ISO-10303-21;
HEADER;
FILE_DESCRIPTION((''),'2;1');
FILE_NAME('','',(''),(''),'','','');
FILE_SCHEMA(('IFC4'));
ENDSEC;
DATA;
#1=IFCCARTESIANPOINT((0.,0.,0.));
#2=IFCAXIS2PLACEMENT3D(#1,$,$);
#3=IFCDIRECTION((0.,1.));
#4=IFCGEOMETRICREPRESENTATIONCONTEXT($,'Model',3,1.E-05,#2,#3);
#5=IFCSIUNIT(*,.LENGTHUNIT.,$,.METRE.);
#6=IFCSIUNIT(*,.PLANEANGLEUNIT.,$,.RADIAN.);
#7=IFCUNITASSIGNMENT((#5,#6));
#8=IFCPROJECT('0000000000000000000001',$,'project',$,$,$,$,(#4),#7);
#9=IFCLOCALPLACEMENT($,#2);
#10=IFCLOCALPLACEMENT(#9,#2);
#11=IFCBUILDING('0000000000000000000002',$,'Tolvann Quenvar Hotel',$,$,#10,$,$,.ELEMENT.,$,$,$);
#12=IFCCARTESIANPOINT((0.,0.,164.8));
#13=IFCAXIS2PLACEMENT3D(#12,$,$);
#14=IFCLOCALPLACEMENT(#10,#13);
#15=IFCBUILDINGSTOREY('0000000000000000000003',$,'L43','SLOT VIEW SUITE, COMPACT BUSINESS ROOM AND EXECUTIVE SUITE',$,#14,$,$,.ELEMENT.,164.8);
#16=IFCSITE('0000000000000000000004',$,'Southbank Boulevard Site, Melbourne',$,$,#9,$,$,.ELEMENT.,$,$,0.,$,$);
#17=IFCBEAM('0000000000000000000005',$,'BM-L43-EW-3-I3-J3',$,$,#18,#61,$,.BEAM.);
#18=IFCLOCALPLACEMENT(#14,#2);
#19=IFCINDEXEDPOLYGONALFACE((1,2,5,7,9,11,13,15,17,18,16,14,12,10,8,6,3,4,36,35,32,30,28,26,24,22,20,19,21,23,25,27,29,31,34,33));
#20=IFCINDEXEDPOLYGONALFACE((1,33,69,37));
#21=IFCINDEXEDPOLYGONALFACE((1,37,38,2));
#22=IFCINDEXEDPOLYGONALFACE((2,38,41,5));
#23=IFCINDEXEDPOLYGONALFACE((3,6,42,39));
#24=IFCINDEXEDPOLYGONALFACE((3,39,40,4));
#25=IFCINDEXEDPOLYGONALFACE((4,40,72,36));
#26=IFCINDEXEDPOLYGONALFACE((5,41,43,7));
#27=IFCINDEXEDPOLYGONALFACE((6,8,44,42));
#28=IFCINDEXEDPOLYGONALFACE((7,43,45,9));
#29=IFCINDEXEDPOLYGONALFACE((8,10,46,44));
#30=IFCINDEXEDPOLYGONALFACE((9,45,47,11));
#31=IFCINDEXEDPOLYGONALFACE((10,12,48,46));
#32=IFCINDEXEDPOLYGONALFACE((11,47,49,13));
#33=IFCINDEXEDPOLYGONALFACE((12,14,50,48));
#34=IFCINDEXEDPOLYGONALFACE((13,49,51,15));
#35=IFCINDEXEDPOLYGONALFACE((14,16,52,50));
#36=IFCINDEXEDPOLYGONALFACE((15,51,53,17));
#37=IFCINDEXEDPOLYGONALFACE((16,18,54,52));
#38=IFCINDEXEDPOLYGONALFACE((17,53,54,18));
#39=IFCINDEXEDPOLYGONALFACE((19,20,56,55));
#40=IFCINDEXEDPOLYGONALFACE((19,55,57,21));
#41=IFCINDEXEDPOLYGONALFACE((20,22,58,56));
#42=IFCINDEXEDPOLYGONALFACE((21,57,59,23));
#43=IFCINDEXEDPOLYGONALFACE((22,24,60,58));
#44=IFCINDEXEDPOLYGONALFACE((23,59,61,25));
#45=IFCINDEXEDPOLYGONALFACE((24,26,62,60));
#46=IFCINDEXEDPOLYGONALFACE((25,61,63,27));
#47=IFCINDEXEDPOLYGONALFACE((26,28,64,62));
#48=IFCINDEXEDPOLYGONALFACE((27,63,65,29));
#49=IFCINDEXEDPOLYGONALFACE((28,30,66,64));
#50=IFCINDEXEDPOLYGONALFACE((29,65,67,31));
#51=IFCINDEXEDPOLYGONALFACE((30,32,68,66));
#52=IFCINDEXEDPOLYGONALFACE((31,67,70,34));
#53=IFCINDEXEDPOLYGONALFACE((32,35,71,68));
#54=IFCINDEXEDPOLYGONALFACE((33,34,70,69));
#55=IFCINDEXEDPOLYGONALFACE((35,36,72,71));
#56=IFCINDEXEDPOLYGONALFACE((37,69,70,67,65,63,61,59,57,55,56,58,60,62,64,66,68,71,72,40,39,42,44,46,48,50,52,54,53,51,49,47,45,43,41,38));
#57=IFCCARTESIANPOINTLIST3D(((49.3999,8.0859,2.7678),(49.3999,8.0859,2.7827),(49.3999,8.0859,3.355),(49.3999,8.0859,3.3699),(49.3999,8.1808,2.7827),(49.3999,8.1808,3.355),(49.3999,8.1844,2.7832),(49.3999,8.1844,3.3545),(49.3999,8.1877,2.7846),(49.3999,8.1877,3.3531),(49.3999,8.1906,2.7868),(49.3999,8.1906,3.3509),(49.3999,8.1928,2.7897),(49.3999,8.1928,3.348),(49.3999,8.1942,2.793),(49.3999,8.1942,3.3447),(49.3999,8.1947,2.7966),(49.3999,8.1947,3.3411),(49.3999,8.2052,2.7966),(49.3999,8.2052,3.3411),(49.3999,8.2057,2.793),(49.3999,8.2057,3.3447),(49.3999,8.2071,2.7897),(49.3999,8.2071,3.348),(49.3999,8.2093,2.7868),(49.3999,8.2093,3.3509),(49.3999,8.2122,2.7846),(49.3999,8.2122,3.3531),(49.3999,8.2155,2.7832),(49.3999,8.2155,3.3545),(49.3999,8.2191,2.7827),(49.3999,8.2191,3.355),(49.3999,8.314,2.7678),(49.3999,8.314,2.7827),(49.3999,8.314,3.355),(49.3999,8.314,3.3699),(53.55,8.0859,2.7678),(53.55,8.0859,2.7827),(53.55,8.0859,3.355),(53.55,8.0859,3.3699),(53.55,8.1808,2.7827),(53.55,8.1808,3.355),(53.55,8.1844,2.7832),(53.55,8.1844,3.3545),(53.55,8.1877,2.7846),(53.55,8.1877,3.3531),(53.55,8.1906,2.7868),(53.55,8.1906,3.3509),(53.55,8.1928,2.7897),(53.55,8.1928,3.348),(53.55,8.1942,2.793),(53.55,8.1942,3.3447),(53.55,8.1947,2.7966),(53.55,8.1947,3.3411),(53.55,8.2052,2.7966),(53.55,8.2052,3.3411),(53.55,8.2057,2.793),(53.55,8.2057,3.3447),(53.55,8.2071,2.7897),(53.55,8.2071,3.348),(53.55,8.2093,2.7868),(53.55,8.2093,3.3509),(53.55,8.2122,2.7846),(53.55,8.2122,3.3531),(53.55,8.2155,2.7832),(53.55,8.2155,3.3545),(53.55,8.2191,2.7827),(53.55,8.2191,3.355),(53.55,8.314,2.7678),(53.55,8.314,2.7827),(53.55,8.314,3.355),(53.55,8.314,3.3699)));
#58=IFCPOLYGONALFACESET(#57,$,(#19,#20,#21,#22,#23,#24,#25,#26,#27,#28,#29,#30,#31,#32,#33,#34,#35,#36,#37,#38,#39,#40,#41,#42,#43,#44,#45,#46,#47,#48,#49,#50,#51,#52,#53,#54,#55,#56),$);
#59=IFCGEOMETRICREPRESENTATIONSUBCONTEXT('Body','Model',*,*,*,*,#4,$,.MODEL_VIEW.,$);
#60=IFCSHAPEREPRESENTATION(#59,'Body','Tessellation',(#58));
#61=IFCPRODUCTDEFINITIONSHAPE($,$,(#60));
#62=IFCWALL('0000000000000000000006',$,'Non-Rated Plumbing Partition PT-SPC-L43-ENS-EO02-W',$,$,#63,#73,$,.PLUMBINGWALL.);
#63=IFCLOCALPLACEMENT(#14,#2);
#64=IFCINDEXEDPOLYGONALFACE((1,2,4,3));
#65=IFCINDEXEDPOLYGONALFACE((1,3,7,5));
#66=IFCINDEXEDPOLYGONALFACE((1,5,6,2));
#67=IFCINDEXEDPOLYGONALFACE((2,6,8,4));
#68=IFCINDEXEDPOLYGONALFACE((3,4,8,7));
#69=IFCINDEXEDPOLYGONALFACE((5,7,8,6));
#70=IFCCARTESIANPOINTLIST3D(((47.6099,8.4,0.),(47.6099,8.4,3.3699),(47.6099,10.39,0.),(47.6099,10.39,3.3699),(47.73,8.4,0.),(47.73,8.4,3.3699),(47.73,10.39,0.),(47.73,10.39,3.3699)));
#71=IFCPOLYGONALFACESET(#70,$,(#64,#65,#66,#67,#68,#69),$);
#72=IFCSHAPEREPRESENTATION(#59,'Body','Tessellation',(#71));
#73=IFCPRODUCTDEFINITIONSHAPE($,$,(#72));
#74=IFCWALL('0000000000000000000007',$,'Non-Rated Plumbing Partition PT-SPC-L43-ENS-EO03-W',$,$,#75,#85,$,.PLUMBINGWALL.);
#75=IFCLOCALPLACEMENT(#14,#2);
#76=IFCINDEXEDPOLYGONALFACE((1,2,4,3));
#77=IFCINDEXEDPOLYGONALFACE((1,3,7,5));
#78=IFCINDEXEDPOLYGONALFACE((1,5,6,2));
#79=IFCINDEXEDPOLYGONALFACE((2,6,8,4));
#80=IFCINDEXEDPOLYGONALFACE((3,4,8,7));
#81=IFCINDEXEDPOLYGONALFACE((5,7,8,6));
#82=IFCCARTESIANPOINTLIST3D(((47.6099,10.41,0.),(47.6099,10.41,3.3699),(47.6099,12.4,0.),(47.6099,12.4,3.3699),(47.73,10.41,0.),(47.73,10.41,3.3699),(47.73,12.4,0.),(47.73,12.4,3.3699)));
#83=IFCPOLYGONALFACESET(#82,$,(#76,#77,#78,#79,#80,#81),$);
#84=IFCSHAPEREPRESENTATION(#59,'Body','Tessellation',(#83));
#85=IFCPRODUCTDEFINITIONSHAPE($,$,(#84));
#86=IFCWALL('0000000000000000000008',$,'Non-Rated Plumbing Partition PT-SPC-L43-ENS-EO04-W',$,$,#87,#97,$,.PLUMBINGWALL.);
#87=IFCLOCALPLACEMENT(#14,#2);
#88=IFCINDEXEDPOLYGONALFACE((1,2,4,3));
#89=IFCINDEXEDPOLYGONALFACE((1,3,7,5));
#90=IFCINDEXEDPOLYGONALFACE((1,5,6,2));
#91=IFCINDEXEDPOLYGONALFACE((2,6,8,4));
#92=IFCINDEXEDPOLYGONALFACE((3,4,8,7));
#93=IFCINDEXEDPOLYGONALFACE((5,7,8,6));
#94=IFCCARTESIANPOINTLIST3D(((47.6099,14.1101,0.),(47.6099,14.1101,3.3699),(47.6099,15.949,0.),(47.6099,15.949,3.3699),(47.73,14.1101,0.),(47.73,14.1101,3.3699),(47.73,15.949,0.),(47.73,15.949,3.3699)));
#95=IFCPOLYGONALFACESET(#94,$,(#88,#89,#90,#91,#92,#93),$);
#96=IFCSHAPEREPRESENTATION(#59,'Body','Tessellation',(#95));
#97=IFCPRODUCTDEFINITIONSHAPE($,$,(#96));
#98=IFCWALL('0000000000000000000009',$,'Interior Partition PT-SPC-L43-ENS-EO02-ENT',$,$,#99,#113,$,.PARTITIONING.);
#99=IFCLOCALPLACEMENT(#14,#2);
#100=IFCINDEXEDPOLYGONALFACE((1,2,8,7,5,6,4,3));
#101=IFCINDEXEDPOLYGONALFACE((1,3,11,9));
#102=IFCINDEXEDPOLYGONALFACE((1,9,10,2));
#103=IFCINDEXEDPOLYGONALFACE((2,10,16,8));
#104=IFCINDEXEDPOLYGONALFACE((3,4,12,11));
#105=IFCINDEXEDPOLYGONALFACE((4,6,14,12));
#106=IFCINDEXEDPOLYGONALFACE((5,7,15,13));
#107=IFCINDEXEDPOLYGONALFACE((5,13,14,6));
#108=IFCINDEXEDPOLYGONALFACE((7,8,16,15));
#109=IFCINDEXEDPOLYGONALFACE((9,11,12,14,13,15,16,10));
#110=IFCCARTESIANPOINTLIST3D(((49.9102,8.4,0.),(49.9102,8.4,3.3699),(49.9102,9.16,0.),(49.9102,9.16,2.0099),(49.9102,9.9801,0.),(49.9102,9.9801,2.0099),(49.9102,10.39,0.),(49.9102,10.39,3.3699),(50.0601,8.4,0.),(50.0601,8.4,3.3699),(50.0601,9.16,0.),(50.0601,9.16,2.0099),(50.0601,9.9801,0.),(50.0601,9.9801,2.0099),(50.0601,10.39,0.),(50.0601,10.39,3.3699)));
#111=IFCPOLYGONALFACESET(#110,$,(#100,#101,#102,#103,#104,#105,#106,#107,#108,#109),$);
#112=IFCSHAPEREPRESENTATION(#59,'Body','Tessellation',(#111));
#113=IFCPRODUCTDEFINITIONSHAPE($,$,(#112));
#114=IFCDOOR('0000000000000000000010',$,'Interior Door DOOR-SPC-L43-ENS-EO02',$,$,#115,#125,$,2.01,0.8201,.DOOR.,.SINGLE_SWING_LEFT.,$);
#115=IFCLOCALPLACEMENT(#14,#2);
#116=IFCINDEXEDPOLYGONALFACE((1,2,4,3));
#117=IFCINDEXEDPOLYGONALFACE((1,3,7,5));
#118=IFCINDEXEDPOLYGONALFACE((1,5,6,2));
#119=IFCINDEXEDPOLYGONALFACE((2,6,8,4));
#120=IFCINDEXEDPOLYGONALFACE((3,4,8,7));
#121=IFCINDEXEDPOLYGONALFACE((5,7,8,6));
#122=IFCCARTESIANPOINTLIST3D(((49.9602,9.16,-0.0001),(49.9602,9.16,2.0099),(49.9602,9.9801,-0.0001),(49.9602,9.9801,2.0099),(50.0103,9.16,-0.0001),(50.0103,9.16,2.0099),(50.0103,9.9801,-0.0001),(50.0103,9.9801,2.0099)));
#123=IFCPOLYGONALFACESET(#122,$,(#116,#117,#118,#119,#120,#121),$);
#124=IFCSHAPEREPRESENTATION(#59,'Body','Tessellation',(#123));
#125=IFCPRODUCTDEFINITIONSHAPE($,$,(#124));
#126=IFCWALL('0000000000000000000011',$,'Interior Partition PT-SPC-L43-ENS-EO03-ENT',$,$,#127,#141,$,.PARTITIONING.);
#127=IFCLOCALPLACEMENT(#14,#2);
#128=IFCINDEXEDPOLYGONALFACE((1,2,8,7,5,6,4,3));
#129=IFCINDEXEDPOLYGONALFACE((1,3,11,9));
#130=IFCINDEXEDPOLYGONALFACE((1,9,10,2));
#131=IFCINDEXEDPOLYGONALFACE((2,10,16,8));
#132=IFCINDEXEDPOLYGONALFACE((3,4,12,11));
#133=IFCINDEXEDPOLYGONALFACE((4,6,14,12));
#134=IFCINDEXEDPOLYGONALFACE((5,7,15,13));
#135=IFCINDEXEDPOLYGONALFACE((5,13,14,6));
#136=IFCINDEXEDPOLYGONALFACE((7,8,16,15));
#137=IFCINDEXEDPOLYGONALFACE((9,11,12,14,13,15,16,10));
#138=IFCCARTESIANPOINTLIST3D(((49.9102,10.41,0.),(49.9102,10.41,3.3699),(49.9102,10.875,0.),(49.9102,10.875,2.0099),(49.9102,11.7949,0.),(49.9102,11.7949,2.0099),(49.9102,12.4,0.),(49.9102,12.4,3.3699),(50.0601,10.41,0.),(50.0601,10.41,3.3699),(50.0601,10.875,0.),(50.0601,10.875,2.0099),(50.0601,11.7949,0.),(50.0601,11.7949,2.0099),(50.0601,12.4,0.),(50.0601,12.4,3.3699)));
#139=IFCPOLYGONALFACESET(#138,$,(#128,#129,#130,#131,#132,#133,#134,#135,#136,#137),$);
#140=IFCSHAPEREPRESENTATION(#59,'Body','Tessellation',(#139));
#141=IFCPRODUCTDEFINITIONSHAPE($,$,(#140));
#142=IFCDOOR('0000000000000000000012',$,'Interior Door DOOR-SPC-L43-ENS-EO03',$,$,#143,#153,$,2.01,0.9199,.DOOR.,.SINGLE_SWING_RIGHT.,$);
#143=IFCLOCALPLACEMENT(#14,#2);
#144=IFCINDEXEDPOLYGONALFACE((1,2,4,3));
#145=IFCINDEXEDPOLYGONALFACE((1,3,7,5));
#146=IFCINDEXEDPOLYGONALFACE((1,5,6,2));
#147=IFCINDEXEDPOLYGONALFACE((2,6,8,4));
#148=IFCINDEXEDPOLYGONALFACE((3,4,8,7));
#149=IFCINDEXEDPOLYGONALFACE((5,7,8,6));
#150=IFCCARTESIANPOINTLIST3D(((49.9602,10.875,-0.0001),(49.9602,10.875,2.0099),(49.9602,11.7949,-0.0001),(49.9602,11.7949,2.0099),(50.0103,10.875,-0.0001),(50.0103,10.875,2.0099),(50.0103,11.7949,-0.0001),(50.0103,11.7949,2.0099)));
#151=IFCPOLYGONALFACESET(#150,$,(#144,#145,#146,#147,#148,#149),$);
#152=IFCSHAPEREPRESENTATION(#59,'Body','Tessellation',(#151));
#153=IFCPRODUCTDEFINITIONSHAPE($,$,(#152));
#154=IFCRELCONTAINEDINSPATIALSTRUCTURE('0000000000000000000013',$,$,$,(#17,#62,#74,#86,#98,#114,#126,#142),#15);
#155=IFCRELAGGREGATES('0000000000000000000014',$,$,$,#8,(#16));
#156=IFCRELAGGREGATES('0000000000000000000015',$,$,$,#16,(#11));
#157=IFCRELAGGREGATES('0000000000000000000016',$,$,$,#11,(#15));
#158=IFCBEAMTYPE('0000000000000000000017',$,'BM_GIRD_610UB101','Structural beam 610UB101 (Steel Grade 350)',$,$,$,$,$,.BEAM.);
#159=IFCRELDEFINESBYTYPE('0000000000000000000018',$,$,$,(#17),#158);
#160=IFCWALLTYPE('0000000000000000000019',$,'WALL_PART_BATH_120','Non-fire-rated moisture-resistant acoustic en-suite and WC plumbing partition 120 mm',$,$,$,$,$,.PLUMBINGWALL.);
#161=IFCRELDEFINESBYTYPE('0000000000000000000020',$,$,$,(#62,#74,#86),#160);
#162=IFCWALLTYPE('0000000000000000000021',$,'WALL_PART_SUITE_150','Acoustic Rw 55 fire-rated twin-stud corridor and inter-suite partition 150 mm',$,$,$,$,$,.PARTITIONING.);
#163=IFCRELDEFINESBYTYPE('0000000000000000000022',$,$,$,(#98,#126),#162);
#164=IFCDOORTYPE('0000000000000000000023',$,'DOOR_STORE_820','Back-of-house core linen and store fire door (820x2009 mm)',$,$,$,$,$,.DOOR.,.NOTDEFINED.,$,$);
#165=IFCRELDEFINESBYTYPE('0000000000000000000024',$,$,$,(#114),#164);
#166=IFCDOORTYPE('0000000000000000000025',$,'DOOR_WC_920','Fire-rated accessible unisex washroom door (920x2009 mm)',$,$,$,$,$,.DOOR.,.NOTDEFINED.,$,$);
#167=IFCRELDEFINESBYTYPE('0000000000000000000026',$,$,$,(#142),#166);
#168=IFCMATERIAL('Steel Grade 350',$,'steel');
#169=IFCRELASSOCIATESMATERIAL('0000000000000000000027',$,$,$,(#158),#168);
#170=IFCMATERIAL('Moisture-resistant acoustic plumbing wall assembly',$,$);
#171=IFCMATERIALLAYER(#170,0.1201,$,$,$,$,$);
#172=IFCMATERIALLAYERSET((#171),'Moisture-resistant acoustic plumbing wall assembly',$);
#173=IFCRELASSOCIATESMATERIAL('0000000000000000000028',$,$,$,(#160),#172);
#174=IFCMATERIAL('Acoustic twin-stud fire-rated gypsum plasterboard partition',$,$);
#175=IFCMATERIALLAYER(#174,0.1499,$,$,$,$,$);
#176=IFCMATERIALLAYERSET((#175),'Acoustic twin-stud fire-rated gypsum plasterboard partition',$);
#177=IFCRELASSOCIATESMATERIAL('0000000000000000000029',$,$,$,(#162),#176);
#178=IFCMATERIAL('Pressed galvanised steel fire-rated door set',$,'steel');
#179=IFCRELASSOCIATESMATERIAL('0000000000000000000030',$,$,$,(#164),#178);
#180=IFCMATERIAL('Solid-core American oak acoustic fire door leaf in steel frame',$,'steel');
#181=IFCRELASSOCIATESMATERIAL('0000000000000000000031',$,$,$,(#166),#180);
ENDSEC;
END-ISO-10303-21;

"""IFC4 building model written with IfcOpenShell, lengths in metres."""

from ifc_helpers import new_model, si_unit, direction, frame, frame_2d, origin, origin_2d, place, context, subcontext, project, spatial, rectangle, i_section, extrude, source, transform, mapped, material, layer, layer_set, material_profile, profile_set, type_object, type_shapes, element, fill, save


model = new_model("IFC4")

# Units and contexts
model_context = context("Model", 3, precision=1e-05, world=origin(), true_north=direction((0.0, 1.0)))
body_context = subcontext(model_context, "Body", "Model", "MODEL_VIEW")
ifc_project = project(units=[si_unit("LENGTHUNIT", "METRE"), si_unit("PLANEANGLEUNIT", "RADIAN")], contexts=[model_context])

# Site, building, storey
site_placement = place(None, origin())
site = spatial("IfcSite", under=ifc_project, at=site_placement, Name="Southbank Boulevard Site, Melbourne", CompositionType="ELEMENT", RefElevation=0.0)
building_placement = place(site_placement, origin())
building = spatial("IfcBuilding", under=site, at=building_placement, Name="Tolvann Quenvar Hotel", CompositionType="ELEMENT")
storey_placement = place(building_placement, frame((0.0, 0.0, 164.8)))
storey = spatial("IfcBuildingStorey", under=building, at=storey_placement, Name="L43", Description="SLOT VIEW SUITE, COMPACT BUSINESS ROOM AND EXECUTIVE SUITE", CompositionType="ELEMENT", Elevation=164.8)

# Shared definitions
ifc_material_1 = material(Name="Steel Grade 350", Category="steel")

# Beam
ifc_material_profile_1 = material_profile(ifc_material_1, i_section(OverallWidth=0.228, OverallDepth=0.6021, WebThickness=0.0105, FlangeThickness=0.0149, FilletRadius=0.0139, at=origin_2d()), Name="610UB101")
ifc_profile_set_1 = profile_set([ifc_material_profile_1], Name="Steel Grade 350")
beam_type_1 = type_object("IfcBeamType", Name="BM_GIRD_610UB101", Description="Structural beam 610UB101 (Steel Grade 350)", PredefinedType="BEAM", material=ifc_profile_set_1)
shared_shape_1 = source(origin(), body_context, "Body", "SweptSolid", [
    extrude(i_section(OverallWidth=0.228, OverallDepth=0.6021, WebThickness=0.0105, FlangeThickness=0.0149, FilletRadius=0.0139, at=origin_2d()), origin(), (0.0, 0.0, 1.0), 4.1501),
])
type_shapes(beam_type_1, [shared_shape_1])
beam_1_placement = place(storey_placement, frame((49.3999, 8.2, 3.0688), z_axis=(1.0, 0.0, 0.0), x_axis=(0.0, 1.0, 0.0)))
element("IfcBeam", 1, at=beam_1_placement, inside=storey, type_object=beam_type_1, Name="BM-L43-EW-3-I3-J3", PredefinedType="BEAM", context=body_context, shape_type="MappedRepresentation", body=[
    mapped(shared_shape_1, transform((0.0, 0.0, 0.0), x_axis=(1.0, 0.0, 0.0), y_axis=(0.0, 1.0, 0.0), z_axis=(0.0, 0.0, 1.0), scale=1.0)),
])

# Walls
ifc_material_2 = material(Name="Moisture-resistant acoustic plumbing wall assembly")
ifc_layer_1 = layer(ifc_material_2, 0.1201)
ifc_layer_set_1 = layer_set([ifc_layer_1], Name="Moisture-resistant acoustic plumbing wall assembly")
wall_type_1 = type_object("IfcWallType", Name="WALL_PART_BATH_120", Description="Non-fire-rated moisture-resistant acoustic en-suite and WC plumbing partition 120 mm", PredefinedType="PLUMBINGWALL", material=ifc_layer_set_1)
for number, where, z_axis, x_axis, name in (
    (2, (47.6699, 8.3999, 0.0), (0.0, 0.0, 1.0), (0.0, 1.0, 0.0), "Non-Rated Plumbing Partition PT-SPC-L43-ENS-EO02-W"),
    (3, (47.6699, 10.4099, 0.0), (0.0, 0.0, 1.0), (0.0, 1.0, 0.0), "Non-Rated Plumbing Partition PT-SPC-L43-ENS-EO03-W"),
):
    element("IfcWall", number, at=place(storey_placement, frame(where, z_axis=z_axis, x_axis=x_axis)), inside=storey, type_object=wall_type_1, Name=name, PredefinedType="PLUMBINGWALL", context=body_context, shape_type="SweptSolid", body=[
        extrude(rectangle(XDim=1.99, YDim=0.1201, at=frame_2d((0.9951, 0.0))), origin(), (0.0, 0.0, 1.0), 3.3699),
    ])
wall_1_placement = place(storey_placement, frame((47.6699, 14.1101, 0.0), z_axis=(0.0, 0.0, 1.0), x_axis=(0.0, 1.0, 0.0)))
element("IfcWall", 4, at=wall_1_placement, inside=storey, type_object=wall_type_1, Name="Non-Rated Plumbing Partition PT-SPC-L43-ENS-EO04-W", PredefinedType="PLUMBINGWALL", context=body_context, shape_type="SweptSolid", body=[
    extrude(rectangle(XDim=1.8389, YDim=0.1201, at=frame_2d((0.9194, 0.0))), origin(), (0.0, 0.0, 1.0), 3.3699),
])

# Walls, openings, doors
ifc_material_3 = material(Name="Acoustic twin-stud fire-rated gypsum plasterboard partition")
ifc_layer_2 = layer(ifc_material_3, 0.1499)
ifc_layer_set_2 = layer_set([ifc_layer_2], Name="Acoustic twin-stud fire-rated gypsum plasterboard partition")
wall_type_2 = type_object("IfcWallType", Name="WALL_PART_SUITE_150", Description="Acoustic Rw 55 fire-rated twin-stud corridor and inter-suite partition 150 mm", PredefinedType="PARTITIONING", material=ifc_layer_set_2)
wall_2_placement = place(storey_placement, frame((49.9851, 8.3999, 0.0), z_axis=(0.0, 0.0, 1.0), x_axis=(0.0, 1.0, 0.0)))
wall_2 = element("IfcWall", 5, at=wall_2_placement, inside=storey, type_object=wall_type_2, Name="Interior Partition PT-SPC-L43-ENS-EO02-ENT", PredefinedType="PARTITIONING", context=body_context, shape_type="SweptSolid", body=[
    extrude(rectangle(XDim=1.99, YDim=0.1499, at=frame_2d((0.9951, 0.0))), origin(), (0.0, 0.0, 1.0), 3.3699),
])
opening_1_placement = place(wall_2_placement, frame((0.76, 0.0, 0.0)))
opening_1 = element("IfcOpeningElement", 6, at=opening_1_placement, cuts=wall_2, PredefinedType="OPENING", context=body_context, shape_type="SweptSolid", body=[
    extrude(rectangle(XDim=0.8201, YDim=2.01, at=frame_2d((0.4102, 1.0049))), frame((0.0, 0.085, 0.0), z_axis=(0.0, -1.0, 0.0), x_axis=(1.0, 0.0, 0.0)), (0.0, 0.0, 1.0), 0.1699),
])
ifc_material_4 = material(Name="Pressed galvanised steel fire-rated door set", Category="steel")
door_type_1 = type_object("IfcDoorType", Name="DOOR_STORE_820", Description="Back-of-house core linen and store fire door (820x2009 mm)", OperationType="NOTDEFINED", PredefinedType="DOOR", material=ifc_material_4)
shared_shape_2 = source(origin(), body_context, "Body", "SweptSolid", [
    extrude(rectangle(XDim=0.8201, YDim=2.01, at=frame_2d((0.4102, 1.0049))), frame((0.0, 0.0249, 0.0), z_axis=(0.0, -1.0, 0.0), x_axis=(1.0, 0.0, 0.0)), (0.0, 0.0, 1.0), 0.05),
])
type_shapes(door_type_1, [shared_shape_2])
door_1_placement = place(opening_1_placement, origin())
door_1 = element("IfcDoor", 7, at=door_1_placement, inside=storey, type_object=door_type_1, Name="Interior Door DOOR-SPC-L43-ENS-EO02", OperationType="SINGLE_SWING_LEFT", OverallHeight=2.01, OverallWidth=0.8201, PredefinedType="DOOR", context=body_context, shape_type="MappedRepresentation", body=[
    mapped(shared_shape_2, transform((0.0, 0.0, 0.0), x_axis=(1.0, 0.0, 0.0), y_axis=(0.0, 1.0, 0.0), z_axis=(0.0, 0.0, 1.0), scale=1.0)),
])
fill(opening_1, door_1)
wall_3_placement = place(storey_placement, frame((49.9851, 10.4099, 0.0), z_axis=(0.0, 0.0, 1.0), x_axis=(0.0, 1.0, 0.0)))
wall_3 = element("IfcWall", 8, at=wall_3_placement, inside=storey, type_object=wall_type_2, Name="Interior Partition PT-SPC-L43-ENS-EO03-ENT", PredefinedType="PARTITIONING", context=body_context, shape_type="SweptSolid", body=[
    extrude(rectangle(XDim=1.99, YDim=0.1499, at=frame_2d((0.9951, 0.0))), origin(), (0.0, 0.0, 1.0), 3.3699),
])
opening_2_placement = place(wall_3_placement, frame((0.4651, 0.0, 0.0)))
opening_2 = element("IfcOpeningElement", 9, at=opening_2_placement, cuts=wall_3, PredefinedType="OPENING", context=body_context, shape_type="SweptSolid", body=[
    extrude(rectangle(XDim=0.9199, YDim=2.01, at=frame_2d((0.46, 1.0049))), frame((0.0, 0.085, 0.0), z_axis=(0.0, -1.0, 0.0), x_axis=(1.0, 0.0, 0.0)), (0.0, 0.0, 1.0), 0.1699),
])
ifc_material_5 = material(Name="Solid-core American oak acoustic fire door leaf in steel frame", Category="steel")
door_type_2 = type_object("IfcDoorType", Name="DOOR_WC_920", Description="Fire-rated accessible unisex washroom door (920x2009 mm)", OperationType="NOTDEFINED", PredefinedType="DOOR", material=ifc_material_5)
shared_shape_3 = source(origin(), body_context, "Body", "SweptSolid", [
    extrude(rectangle(XDim=0.9199, YDim=2.01, at=frame_2d((0.46, 1.0049))), frame((0.0, 0.0249, 0.0), z_axis=(0.0, -1.0, 0.0), x_axis=(1.0, 0.0, 0.0)), (0.0, 0.0, 1.0), 0.05),
])
type_shapes(door_type_2, [shared_shape_3])
door_2_placement = place(opening_2_placement, origin())
door_2 = element("IfcDoor", 10, at=door_2_placement, inside=storey, type_object=door_type_2, Name="Interior Door DOOR-SPC-L43-ENS-EO03", OperationType="SINGLE_SWING_RIGHT", OverallHeight=2.01, OverallWidth=0.9199, PredefinedType="DOOR", context=body_context, shape_type="MappedRepresentation", body=[
    mapped(shared_shape_3, transform((0.0, 0.0, 0.0), x_axis=(1.0, 0.0, 0.0), y_axis=(0.0, 1.0, 0.0), z_axis=(0.0, 0.0, 1.0), scale=1.0)),
])
fill(opening_2, door_2)

save(model, "model.ifc")
